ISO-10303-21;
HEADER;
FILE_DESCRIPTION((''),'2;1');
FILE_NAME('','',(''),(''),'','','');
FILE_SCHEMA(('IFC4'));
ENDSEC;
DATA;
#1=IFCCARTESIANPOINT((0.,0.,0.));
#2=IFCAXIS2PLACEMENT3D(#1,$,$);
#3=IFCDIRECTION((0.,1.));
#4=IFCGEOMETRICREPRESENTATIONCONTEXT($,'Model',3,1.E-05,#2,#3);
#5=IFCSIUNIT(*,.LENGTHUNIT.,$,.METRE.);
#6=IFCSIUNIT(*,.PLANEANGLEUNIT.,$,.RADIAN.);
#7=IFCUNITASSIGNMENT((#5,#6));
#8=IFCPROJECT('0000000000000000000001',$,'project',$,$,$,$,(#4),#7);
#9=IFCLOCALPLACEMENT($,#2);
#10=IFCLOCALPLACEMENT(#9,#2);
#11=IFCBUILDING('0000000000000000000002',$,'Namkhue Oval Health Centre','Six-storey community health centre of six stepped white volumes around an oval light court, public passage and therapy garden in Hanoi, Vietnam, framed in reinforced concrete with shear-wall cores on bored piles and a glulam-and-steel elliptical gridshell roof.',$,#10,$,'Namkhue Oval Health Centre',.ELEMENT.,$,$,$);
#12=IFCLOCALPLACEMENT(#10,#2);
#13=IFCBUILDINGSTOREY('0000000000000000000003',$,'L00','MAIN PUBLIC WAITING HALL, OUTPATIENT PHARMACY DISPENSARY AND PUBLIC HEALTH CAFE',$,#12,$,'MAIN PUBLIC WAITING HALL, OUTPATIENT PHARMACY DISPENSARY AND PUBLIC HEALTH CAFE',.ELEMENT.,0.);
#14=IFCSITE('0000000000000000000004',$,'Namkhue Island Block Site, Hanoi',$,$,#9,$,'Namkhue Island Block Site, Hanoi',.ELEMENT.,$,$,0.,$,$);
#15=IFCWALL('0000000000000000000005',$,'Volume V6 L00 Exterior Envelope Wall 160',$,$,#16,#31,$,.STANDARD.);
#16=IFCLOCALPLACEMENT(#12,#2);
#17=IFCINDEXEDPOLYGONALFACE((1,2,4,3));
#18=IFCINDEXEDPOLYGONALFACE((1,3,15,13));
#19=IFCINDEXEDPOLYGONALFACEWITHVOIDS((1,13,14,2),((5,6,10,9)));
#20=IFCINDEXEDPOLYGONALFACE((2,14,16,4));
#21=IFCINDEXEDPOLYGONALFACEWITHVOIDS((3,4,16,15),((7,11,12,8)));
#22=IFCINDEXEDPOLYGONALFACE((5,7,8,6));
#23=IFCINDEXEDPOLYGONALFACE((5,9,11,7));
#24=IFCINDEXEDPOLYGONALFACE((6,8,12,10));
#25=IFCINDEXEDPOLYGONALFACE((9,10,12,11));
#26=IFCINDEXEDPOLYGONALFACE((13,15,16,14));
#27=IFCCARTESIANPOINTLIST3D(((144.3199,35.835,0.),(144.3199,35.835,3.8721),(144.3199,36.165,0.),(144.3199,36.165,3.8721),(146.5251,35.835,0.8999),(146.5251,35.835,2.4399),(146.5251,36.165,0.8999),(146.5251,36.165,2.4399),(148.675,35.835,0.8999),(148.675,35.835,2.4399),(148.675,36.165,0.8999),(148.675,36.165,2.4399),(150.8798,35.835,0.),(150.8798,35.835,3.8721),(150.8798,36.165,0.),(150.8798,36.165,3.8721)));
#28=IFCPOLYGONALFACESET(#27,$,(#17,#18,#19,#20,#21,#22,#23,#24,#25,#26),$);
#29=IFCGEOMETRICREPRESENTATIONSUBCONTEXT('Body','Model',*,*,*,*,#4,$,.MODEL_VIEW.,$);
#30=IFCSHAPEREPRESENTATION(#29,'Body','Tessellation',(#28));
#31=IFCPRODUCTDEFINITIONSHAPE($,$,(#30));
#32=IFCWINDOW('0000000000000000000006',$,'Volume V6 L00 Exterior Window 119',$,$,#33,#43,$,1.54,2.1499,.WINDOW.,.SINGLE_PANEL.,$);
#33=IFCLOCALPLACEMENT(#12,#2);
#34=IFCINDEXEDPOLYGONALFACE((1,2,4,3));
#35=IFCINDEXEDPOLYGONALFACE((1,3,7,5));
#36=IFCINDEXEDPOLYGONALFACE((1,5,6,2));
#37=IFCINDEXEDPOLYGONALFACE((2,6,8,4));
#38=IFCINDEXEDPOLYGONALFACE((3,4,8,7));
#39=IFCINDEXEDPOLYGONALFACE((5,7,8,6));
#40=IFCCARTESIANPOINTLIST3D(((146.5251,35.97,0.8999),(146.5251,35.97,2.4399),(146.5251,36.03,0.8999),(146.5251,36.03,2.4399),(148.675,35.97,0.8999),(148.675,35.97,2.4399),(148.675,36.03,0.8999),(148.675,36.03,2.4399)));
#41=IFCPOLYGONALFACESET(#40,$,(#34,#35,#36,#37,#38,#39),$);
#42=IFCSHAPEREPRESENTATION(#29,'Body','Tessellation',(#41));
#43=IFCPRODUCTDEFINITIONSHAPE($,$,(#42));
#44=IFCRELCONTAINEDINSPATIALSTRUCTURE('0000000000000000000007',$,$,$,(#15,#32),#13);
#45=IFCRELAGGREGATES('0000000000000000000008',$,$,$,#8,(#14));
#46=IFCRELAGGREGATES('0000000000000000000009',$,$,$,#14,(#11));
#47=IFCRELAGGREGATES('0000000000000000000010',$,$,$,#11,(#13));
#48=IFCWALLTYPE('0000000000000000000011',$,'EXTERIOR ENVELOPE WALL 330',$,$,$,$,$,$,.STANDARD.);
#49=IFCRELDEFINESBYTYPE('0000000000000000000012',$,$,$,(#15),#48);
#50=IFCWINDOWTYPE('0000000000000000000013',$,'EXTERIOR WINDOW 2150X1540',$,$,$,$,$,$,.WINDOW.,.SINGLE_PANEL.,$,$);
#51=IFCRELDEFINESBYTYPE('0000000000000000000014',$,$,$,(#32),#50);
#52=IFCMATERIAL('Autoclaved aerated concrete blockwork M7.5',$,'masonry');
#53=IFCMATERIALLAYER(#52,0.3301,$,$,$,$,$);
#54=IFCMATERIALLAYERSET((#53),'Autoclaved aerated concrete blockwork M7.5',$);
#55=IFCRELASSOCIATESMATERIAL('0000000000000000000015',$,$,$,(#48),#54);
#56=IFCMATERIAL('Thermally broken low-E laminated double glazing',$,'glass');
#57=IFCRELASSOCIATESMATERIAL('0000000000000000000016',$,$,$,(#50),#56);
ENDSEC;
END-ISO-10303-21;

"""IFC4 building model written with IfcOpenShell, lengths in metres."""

from ifc_helpers import new_model, si_unit, direction, frame, frame_2d, origin, place, context, subcontext, project, spatial, rectangle, extrude, material, layer, layer_set, type_object, element, fill, save


model = new_model("IFC4")

# Units and contexts
model_context = context("Model", 3, precision=1e-05, world=origin(), true_north=direction((0.0, 1.0)))
body_context = subcontext(model_context, "Body", "Model", "MODEL_VIEW")
ifc_project = project(units=[si_unit("LENGTHUNIT", "METRE"), si_unit("PLANEANGLEUNIT", "RADIAN")], contexts=[model_context])

# Site, building, storey
site_placement = place(None, origin())
site = spatial("IfcSite", under=ifc_project, at=site_placement, Name="Namkhue Island Block Site, Hanoi", LongName="Namkhue Island Block Site, Hanoi", CompositionType="ELEMENT", RefElevation=0.0)
building_placement = place(site_placement, origin())
building = spatial("IfcBuilding", under=site, at=building_placement, Name="Namkhue Oval Health Centre", Description="Six-storey community health centre of six stepped white volumes around an oval light court, public passage and therapy garden in Hanoi, Vietnam, framed in reinforced concrete with shear-wall cores on bored piles and a glulam-and-steel elliptical gridshell roof.", LongName="Namkhue Oval Health Centre", CompositionType="ELEMENT")
storey_placement = place(building_placement, origin())
storey = spatial("IfcBuildingStorey", under=building, at=storey_placement, Name="L00", Description="MAIN PUBLIC WAITING HALL, OUTPATIENT PHARMACY DISPENSARY AND PUBLIC HEALTH CAFE", LongName="MAIN PUBLIC WAITING HALL, OUTPATIENT PHARMACY DISPENSARY AND PUBLIC HEALTH CAFE", CompositionType="ELEMENT", Elevation=0.0)

# Wall, opening, window
ifc_material_1 = material(Name="Autoclaved aerated concrete blockwork M7.5", Category="masonry")
ifc_layer_1 = layer(ifc_material_1, 0.3301)
ifc_layer_set_1 = layer_set([ifc_layer_1], Name="Autoclaved aerated concrete blockwork M7.5")
wall_type_1 = type_object("IfcWallType", Name="EXTERIOR ENVELOPE WALL 330", PredefinedType="STANDARD", material=ifc_layer_set_1)
wall_1_placement = place(storey_placement, frame((144.3201, 36.0, 0.0), z_axis=(0.0, 0.0, 1.0), x_axis=(1.0, 0.0, 0.0)))
wall_1 = element("IfcWall", 1, at=wall_1_placement, inside=storey, type_object=wall_type_1, Name="Volume V6 L00 Exterior Envelope Wall 160", PredefinedType="STANDARD", context=body_context, shape_type="SweptSolid", body=[
    extrude(rectangle(XDim=6.5598, YDim=0.3301, at=frame_2d((3.2798, 0.0))), origin(), (0.0, 0.0, 1.0), 3.8721),
])
opening_1_placement = place(wall_1_placement, frame((2.2051, 0.0, 0.8999)))
opening_1 = element("IfcOpeningElement", 2, at=opening_1_placement, cuts=wall_1, PredefinedType="OPENING", context=body_context, shape_type="SweptSolid", body=[
    extrude(rectangle(XDim=2.1499, YDim=1.54, at=frame_2d((1.075, 0.77))), frame((0.0, 0.175, 0.0), z_axis=(0.0, -1.0, 0.0), x_axis=(1.0, 0.0, 0.0)), (0.0, 0.0, 1.0), 0.3501),
])
ifc_material_2 = material(Name="Thermally broken low-E laminated double glazing", Category="glass")
window_type = type_object("IfcWindowType", Name="EXTERIOR WINDOW 2150X1540", PartitioningType="SINGLE_PANEL", PredefinedType="WINDOW", material=ifc_material_2)
window_placement = place(opening_1_placement, origin())
window = element("IfcWindow", 3, at=window_placement, inside=storey, type_object=window_type, Name="Volume V6 L00 Exterior Window 119", OverallHeight=1.54, OverallWidth=2.1499, PartitioningType="SINGLE_PANEL", PredefinedType="WINDOW", context=body_context, shape_type="SweptSolid", body=[
    extrude(rectangle(XDim=2.1499, YDim=1.54, at=frame_2d((1.075, 0.77))), frame((0.0, 0.03, 0.0), z_axis=(0.0, -1.0, 0.0), x_axis=(1.0, 0.0, 0.0)), (0.0, 0.0, 1.0), 0.0601),
])
fill(opening_1, window)

save(model, "model.ifc")
